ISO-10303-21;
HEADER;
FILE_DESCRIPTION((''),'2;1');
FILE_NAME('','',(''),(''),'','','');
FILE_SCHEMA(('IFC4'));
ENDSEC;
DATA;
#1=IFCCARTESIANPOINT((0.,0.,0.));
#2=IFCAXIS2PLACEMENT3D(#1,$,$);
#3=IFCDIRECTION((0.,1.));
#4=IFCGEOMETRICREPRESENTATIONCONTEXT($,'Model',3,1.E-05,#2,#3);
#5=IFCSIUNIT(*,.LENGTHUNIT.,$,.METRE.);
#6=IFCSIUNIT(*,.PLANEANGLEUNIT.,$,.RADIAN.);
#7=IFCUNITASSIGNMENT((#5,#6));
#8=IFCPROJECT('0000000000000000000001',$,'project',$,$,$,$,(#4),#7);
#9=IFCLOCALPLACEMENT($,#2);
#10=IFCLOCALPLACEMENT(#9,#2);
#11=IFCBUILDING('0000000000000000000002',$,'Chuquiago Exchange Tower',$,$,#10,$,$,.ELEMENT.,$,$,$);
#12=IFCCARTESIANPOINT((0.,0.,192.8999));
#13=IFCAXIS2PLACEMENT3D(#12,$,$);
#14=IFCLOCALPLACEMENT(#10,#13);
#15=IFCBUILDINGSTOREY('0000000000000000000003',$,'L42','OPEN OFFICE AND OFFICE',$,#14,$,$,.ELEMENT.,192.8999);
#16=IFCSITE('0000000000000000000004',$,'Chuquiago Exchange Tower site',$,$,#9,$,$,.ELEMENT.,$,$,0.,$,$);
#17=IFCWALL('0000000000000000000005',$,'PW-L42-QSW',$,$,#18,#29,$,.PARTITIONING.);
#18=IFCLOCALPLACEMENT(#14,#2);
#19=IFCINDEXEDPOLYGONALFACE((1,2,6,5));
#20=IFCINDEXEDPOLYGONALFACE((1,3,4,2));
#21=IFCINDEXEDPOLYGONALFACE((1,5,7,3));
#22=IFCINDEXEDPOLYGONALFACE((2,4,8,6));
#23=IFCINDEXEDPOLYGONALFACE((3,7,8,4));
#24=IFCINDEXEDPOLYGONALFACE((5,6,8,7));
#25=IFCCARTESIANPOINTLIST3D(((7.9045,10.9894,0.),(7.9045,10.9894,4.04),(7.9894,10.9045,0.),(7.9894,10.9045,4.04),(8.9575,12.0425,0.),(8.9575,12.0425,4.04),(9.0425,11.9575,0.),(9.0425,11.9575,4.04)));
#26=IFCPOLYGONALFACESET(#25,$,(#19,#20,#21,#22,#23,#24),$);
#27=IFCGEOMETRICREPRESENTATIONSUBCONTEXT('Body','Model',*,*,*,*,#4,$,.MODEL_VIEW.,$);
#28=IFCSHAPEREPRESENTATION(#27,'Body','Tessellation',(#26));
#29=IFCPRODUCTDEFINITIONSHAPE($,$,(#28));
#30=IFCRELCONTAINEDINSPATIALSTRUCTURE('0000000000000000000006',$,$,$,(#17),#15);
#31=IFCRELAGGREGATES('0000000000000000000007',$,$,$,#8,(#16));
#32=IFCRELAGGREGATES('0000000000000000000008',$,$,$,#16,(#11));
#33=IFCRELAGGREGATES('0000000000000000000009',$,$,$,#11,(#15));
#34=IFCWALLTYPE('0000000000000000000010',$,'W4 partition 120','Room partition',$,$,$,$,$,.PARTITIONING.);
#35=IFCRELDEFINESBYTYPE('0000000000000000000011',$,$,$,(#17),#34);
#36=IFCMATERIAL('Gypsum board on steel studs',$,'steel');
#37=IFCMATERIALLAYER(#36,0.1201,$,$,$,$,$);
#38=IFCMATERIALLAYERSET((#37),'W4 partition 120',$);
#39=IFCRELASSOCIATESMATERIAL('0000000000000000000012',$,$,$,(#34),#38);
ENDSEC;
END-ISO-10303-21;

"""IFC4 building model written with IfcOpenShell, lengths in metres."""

from ifc_helpers import new_model, si_unit, direction, frame, frame_2d, origin, place, context, subcontext, project, spatial, rectangle, extrude, material, layer, layer_set, type_object, element, save


model = new_model("IFC4")

# Units and contexts
model_context = context("Model", 3, precision=1e-05, world=origin(), true_north=direction((0.0, 1.0)))
body_context = subcontext(model_context, "Body", "Model", "MODEL_VIEW")
ifc_project = project(units=[si_unit("LENGTHUNIT", "METRE"), si_unit("PLANEANGLEUNIT", "RADIAN")], contexts=[model_context])

# Site, building, storey
site_placement = place(None, origin())
site = spatial("IfcSite", under=ifc_project, at=site_placement, Name="Chuquiago Exchange Tower site", CompositionType="ELEMENT", RefElevation=0.0)
building_placement = place(site_placement, origin())
building = spatial("IfcBuilding", under=site, at=building_placement, Name="Chuquiago Exchange Tower", CompositionType="ELEMENT")
storey_placement = place(building_placement, frame((0.0, 0.0, 192.8999)))
storey = spatial("IfcBuildingStorey", under=building, at=storey_placement, Name="L42", Description="OPEN OFFICE AND OFFICE", CompositionType="ELEMENT", Elevation=192.8999)

# Wall
ifc_material_1 = material(Name="Gypsum board on steel studs", Category="steel")
ifc_layer_1 = layer(ifc_material_1, 0.1201)
ifc_layer_set_1 = layer_set([ifc_layer_1], Name="W4 partition 120")
wall_type_1 = type_object("IfcWallType", Name="W4 partition 120", Description="Room partition", PredefinedType="PARTITIONING", material=ifc_layer_set_1)
wall_1_placement = place(storey_placement, frame((9.0, 12.0, 0.0), z_axis=(0.0, 0.0, 1.0), x_axis=(-0.707107, -0.707107, 0.0)))
element("IfcWall", 1, at=wall_1_placement, inside=storey, type_object=wall_type_1, Name="PW-L42-QSW", PredefinedType="PARTITIONING", context=body_context, shape_type="SweptSolid", body=[
    extrude(rectangle(XDim=1.4893, YDim=0.1201, at=frame_2d((0.7446, 0.0))), origin(), (0.0, 0.0, 1.0), 4.04),
])

save(model, "model.ifc")
